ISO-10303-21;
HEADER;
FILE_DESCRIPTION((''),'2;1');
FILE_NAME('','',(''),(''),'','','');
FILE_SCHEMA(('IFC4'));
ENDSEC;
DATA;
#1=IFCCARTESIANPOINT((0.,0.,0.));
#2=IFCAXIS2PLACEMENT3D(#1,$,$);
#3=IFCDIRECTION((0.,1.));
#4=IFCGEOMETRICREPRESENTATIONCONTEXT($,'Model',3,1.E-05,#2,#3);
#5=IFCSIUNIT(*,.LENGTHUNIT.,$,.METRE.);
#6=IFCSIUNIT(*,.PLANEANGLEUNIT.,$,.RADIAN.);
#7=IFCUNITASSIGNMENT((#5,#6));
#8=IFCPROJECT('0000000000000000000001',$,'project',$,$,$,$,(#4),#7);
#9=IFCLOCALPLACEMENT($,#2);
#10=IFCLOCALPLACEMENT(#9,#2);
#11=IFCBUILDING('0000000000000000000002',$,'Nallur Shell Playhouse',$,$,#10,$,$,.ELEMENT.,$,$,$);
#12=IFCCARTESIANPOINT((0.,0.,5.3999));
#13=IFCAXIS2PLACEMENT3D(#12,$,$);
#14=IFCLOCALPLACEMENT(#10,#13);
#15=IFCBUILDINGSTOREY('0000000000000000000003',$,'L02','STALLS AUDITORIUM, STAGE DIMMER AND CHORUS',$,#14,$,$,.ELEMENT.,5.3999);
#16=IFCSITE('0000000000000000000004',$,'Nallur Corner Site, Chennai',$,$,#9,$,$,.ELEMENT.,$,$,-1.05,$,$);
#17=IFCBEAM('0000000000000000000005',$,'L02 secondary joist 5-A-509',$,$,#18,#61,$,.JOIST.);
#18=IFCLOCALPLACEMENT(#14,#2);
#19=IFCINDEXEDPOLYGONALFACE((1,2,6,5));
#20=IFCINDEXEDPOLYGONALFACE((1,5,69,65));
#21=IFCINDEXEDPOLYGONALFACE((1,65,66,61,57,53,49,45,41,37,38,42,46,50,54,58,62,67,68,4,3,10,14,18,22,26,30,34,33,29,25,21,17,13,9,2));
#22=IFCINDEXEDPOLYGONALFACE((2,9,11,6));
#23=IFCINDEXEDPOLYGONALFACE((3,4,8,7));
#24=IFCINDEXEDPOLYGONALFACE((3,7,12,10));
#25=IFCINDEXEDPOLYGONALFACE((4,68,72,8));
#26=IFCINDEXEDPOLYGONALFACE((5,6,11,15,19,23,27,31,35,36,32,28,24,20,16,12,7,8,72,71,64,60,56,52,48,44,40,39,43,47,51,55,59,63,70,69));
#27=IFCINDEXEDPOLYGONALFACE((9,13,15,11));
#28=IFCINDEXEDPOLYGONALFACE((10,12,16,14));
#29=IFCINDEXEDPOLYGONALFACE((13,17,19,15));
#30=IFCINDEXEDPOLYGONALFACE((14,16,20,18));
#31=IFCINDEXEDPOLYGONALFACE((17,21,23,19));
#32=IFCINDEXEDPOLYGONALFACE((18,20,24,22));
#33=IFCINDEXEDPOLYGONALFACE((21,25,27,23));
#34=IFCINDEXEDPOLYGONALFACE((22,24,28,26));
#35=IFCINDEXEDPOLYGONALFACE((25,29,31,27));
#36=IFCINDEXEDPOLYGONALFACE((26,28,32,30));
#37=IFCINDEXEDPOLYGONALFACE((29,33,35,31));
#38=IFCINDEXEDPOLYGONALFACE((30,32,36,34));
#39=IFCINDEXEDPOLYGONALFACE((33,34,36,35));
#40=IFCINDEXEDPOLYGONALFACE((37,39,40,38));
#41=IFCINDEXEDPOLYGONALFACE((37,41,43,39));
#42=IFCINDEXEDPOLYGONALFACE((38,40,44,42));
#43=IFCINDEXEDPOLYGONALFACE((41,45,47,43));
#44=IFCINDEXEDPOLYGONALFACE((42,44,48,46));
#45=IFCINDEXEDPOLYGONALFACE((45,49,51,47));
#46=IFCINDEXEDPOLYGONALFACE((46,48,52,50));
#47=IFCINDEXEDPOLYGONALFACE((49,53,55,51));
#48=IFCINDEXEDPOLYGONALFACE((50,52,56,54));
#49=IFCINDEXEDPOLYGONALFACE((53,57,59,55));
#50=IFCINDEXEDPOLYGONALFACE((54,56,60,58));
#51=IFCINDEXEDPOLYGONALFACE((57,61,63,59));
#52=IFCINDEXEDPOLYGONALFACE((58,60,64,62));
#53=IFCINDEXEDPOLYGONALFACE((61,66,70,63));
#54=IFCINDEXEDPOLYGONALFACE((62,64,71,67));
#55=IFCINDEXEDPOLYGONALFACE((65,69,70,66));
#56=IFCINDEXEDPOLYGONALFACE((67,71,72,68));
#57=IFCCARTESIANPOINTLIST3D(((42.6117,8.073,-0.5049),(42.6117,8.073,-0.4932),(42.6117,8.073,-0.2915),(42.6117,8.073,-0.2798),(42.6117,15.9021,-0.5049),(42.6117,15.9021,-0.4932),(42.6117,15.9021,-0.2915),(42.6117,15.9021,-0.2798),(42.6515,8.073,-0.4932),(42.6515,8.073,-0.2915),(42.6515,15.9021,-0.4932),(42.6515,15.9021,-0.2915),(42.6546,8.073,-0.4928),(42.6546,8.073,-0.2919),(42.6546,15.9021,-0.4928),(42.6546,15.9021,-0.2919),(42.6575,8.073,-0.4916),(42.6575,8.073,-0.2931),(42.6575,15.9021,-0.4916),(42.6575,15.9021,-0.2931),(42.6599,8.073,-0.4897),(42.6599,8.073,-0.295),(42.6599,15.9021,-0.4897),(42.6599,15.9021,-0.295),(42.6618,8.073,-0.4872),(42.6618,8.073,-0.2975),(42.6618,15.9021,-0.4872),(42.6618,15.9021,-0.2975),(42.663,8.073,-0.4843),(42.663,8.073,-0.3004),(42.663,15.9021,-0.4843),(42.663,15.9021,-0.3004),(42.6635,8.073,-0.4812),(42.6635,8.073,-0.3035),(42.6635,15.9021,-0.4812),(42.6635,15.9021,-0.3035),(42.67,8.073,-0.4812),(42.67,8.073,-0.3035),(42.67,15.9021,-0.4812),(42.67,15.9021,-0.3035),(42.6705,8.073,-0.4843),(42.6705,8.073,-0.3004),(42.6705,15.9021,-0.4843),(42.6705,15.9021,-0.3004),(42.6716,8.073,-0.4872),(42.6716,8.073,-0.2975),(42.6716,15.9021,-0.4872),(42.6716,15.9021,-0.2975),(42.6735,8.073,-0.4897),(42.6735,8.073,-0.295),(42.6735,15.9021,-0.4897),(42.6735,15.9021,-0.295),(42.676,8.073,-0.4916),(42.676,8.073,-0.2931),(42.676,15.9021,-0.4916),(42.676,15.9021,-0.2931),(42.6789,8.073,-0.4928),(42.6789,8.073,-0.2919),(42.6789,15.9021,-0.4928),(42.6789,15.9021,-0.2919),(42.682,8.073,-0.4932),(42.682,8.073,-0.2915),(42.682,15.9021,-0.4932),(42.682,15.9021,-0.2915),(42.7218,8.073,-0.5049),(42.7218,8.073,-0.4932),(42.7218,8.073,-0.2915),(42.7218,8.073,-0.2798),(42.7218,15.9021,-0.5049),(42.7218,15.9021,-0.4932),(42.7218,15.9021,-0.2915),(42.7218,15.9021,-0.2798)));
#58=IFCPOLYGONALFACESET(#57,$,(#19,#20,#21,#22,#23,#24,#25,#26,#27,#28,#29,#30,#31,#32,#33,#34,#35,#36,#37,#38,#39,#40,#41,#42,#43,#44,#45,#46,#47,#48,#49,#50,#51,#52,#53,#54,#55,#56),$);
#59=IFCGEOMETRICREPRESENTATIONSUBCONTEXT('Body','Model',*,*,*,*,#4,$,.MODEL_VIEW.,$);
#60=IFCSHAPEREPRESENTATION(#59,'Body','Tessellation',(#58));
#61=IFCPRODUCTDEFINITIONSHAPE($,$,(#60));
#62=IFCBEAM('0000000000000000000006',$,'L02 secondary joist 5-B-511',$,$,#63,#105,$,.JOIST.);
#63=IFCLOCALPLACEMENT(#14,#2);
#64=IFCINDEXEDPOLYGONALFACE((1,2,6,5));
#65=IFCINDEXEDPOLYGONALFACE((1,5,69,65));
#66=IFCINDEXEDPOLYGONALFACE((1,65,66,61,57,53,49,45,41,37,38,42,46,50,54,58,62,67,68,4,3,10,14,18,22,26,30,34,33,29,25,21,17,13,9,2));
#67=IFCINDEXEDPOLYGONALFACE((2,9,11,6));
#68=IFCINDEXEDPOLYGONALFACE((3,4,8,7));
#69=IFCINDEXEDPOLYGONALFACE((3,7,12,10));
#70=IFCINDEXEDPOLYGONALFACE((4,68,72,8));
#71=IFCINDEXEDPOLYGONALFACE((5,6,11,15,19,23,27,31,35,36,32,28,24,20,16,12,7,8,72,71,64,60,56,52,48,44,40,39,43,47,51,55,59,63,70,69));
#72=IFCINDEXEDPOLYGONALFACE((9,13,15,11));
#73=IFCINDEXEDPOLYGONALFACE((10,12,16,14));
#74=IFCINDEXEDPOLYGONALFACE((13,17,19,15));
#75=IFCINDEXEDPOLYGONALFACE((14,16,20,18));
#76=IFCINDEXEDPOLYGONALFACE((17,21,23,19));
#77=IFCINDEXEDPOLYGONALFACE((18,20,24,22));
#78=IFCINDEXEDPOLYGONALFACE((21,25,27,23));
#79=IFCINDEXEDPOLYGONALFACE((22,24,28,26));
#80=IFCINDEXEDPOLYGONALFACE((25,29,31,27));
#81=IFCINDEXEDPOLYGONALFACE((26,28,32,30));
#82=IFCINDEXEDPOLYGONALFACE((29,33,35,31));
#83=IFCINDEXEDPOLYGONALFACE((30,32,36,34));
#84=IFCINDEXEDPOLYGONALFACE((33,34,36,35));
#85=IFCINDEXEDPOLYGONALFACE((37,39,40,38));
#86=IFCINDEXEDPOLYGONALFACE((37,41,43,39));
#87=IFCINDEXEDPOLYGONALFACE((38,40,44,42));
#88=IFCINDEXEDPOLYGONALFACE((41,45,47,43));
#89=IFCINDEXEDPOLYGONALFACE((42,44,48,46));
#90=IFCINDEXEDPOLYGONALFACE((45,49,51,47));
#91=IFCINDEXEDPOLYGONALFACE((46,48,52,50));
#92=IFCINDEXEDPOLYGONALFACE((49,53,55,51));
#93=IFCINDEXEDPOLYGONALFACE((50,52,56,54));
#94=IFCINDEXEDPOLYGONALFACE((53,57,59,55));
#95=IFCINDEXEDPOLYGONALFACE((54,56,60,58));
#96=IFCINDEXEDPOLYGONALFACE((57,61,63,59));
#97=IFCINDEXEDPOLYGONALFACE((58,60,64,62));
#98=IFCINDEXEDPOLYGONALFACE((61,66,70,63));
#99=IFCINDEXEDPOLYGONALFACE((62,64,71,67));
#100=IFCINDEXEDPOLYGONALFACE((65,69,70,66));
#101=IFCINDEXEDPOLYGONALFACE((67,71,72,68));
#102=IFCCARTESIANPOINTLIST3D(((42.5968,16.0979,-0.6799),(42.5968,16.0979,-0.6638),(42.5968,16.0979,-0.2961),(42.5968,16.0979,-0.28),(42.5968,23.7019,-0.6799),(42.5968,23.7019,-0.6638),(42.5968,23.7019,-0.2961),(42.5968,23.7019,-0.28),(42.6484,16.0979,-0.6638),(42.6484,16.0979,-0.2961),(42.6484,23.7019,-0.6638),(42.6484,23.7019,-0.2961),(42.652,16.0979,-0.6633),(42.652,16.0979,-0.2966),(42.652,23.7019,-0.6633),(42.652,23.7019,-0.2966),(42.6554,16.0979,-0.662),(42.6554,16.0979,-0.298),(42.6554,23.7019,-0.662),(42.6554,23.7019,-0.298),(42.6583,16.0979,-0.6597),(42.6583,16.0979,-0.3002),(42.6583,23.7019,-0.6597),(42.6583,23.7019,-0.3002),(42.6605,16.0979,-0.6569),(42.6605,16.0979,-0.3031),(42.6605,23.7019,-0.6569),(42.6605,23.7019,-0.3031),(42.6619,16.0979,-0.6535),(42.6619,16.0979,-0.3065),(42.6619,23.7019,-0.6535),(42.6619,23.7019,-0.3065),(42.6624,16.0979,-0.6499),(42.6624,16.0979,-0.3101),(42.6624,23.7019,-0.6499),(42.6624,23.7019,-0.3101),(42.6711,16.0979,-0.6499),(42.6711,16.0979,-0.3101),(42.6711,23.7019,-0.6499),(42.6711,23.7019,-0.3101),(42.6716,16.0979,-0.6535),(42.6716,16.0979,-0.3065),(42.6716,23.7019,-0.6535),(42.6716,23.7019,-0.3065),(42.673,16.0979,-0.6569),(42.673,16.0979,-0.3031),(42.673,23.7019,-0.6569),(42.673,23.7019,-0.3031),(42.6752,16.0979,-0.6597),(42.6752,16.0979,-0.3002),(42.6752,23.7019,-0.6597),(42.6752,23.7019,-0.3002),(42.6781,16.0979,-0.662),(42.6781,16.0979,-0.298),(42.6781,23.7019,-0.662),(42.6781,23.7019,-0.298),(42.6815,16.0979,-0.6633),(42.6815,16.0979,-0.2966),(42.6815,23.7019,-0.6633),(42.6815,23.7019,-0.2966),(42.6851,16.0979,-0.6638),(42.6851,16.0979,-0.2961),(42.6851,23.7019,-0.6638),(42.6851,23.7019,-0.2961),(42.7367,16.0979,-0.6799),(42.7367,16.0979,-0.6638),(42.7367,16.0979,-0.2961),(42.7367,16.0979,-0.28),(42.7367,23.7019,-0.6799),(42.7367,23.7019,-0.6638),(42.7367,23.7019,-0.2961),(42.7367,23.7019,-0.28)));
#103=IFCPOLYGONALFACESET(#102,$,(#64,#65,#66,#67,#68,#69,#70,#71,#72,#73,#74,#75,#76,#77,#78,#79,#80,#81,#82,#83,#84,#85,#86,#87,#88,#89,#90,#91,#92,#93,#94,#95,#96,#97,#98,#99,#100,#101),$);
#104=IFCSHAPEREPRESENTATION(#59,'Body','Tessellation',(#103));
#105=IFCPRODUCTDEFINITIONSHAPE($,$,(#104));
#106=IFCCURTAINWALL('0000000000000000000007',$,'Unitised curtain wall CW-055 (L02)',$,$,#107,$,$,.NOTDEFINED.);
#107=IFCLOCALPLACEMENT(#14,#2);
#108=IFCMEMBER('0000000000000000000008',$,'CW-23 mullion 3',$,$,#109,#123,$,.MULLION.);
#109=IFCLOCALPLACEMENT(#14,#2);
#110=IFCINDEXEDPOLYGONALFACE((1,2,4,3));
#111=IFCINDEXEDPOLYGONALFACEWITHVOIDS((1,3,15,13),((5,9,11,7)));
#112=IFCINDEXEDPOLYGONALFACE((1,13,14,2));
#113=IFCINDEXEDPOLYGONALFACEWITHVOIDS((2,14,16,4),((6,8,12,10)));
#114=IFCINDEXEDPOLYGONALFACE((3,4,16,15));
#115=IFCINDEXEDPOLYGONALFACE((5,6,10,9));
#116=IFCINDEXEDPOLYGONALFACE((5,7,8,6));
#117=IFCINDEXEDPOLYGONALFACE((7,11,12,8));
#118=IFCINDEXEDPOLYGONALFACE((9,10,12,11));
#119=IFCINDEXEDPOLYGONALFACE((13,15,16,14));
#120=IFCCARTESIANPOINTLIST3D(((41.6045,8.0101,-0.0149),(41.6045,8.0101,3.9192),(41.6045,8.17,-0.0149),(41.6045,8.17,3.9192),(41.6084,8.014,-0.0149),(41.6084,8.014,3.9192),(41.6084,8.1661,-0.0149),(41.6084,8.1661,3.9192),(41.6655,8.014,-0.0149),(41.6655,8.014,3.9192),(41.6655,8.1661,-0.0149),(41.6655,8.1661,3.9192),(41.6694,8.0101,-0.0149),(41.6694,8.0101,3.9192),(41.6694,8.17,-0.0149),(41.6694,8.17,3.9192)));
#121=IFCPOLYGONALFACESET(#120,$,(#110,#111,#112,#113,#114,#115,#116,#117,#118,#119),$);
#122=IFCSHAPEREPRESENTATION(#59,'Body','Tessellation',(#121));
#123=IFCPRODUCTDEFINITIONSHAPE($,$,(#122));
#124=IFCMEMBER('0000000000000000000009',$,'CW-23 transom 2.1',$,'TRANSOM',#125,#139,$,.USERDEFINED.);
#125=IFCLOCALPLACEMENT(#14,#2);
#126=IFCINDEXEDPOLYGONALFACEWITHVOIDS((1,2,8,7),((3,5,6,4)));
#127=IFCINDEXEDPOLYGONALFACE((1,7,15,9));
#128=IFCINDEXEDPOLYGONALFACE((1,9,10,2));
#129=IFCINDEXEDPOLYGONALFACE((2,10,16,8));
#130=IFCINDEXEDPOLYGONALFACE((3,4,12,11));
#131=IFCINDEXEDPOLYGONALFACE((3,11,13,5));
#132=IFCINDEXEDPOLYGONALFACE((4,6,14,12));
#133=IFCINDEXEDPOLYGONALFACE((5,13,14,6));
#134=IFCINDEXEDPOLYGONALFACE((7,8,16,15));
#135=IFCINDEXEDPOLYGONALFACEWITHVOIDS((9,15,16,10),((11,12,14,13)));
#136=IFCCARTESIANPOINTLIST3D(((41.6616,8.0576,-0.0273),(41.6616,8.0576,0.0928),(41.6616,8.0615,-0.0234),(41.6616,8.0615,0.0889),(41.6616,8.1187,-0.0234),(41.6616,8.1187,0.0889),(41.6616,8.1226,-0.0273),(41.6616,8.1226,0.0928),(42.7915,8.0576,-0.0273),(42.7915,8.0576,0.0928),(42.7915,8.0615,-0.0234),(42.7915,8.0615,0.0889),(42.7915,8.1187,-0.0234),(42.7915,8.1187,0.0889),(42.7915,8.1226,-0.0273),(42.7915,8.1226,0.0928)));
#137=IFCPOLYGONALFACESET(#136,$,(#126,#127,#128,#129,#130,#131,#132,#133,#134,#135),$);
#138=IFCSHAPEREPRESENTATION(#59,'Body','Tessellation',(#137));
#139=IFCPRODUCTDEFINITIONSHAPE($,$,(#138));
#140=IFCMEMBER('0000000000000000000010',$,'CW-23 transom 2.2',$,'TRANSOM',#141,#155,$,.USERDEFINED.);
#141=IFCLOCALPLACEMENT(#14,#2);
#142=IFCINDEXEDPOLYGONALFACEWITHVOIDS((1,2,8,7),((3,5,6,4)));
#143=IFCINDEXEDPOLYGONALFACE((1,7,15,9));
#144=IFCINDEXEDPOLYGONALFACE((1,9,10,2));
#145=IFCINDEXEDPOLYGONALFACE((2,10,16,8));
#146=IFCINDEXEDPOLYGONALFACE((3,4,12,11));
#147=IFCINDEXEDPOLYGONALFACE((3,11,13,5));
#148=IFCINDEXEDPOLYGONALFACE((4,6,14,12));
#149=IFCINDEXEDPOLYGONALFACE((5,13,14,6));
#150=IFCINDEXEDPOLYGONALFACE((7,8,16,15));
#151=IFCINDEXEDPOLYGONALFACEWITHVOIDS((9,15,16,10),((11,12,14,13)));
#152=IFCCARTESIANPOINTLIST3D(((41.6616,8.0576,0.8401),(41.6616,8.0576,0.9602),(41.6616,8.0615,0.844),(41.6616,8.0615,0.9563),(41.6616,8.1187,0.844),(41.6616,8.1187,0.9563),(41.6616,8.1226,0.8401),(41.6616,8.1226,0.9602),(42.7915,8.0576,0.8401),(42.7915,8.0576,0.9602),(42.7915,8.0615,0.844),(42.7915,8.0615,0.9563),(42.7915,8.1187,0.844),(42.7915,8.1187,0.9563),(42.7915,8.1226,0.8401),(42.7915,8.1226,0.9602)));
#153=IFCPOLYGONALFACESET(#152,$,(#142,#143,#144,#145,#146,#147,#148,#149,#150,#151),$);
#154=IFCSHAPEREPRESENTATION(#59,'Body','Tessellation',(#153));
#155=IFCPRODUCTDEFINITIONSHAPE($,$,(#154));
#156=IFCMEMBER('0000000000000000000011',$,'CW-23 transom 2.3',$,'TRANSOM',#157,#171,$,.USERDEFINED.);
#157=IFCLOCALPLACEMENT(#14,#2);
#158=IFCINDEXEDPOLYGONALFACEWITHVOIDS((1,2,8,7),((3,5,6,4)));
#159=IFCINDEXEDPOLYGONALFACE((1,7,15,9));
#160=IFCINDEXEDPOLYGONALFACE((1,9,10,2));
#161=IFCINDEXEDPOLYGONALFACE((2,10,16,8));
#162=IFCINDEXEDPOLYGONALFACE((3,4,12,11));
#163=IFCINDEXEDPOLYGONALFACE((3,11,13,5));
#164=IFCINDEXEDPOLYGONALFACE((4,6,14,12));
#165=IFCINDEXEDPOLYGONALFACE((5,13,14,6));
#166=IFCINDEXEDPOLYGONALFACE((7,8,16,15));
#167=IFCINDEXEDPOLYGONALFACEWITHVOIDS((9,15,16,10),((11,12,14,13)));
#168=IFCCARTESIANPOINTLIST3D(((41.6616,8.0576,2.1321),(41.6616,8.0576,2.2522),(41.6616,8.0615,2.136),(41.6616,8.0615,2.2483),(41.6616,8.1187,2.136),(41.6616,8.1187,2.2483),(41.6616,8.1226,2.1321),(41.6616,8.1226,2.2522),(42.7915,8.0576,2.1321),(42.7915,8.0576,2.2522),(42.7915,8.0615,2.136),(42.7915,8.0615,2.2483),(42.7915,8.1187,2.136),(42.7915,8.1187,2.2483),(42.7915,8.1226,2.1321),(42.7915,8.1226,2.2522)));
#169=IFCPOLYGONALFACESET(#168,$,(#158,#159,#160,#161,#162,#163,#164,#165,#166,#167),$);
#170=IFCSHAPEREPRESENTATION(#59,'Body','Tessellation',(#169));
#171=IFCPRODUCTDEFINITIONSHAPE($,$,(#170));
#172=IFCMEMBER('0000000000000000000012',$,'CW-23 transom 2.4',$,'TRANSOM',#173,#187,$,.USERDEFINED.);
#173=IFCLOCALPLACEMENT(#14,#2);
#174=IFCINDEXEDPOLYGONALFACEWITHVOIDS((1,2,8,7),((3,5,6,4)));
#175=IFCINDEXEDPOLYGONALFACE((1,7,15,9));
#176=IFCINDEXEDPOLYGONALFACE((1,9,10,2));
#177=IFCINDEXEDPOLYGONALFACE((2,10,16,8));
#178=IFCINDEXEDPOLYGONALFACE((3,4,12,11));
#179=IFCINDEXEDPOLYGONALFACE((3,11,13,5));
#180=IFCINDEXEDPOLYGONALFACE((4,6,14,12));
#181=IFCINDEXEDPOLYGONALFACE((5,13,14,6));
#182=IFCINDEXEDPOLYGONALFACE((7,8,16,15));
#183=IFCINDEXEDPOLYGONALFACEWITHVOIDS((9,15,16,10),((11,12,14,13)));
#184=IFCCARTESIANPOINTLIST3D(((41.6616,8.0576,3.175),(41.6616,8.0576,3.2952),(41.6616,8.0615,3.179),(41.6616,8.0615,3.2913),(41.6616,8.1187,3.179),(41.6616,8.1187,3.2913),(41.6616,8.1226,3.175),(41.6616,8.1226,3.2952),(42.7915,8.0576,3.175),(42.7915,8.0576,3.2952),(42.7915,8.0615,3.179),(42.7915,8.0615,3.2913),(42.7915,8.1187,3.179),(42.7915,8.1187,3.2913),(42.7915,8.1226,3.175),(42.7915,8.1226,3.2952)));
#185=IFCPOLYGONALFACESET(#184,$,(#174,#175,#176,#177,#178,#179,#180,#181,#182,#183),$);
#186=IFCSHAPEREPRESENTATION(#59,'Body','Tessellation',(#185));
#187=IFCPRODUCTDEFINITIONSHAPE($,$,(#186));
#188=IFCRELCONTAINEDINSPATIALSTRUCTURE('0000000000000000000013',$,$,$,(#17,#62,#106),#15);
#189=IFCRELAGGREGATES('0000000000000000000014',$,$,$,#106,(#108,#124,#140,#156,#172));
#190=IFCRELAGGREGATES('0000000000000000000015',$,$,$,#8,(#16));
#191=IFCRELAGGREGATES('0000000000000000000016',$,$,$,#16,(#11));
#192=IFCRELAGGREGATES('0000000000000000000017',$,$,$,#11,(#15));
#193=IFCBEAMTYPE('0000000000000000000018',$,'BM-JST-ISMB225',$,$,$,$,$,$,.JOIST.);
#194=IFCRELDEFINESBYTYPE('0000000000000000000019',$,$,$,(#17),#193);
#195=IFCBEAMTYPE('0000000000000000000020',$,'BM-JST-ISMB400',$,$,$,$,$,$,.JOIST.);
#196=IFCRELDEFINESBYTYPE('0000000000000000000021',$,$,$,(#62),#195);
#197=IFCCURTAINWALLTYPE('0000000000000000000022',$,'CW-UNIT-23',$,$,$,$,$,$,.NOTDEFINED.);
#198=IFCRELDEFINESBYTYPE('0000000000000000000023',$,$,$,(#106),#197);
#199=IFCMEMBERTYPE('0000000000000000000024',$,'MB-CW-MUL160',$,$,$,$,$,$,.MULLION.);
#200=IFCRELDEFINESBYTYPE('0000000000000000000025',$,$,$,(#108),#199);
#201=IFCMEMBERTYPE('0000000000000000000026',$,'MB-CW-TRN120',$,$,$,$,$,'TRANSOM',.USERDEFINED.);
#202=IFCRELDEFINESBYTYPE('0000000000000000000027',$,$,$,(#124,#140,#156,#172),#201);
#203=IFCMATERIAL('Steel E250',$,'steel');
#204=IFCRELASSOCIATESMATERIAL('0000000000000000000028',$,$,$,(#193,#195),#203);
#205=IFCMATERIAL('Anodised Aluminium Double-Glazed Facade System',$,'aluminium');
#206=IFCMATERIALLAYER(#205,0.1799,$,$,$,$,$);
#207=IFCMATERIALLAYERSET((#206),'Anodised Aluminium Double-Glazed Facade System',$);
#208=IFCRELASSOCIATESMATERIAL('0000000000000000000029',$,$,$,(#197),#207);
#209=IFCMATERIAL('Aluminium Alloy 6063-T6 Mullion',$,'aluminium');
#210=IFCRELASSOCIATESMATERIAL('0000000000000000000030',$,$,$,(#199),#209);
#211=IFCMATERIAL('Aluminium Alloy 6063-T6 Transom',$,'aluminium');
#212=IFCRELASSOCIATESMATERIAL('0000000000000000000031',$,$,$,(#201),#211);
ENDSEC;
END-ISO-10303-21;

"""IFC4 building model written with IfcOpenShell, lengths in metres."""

from ifc_helpers import new_model, si_unit, direction, frame, origin, origin_2d, place, context, subcontext, project, spatial, hollow_rectangle, i_section, extrude, material, layer, layer_set, material_profile, profile_set, type_object, element, aggregate, save


model = new_model("IFC4")

# Units and contexts
model_context = context("Model", 3, precision=1e-05, world=origin(), true_north=direction((0.0, 1.0)))
body_context = subcontext(model_context, "Body", "Model", "MODEL_VIEW")
ifc_project = project(units=[si_unit("LENGTHUNIT", "METRE"), si_unit("PLANEANGLEUNIT", "RADIAN")], contexts=[model_context])

# Site, building, storey
site_placement = place(None, origin())
site = spatial("IfcSite", under=ifc_project, at=site_placement, Name="Nallur Corner Site, Chennai", CompositionType="ELEMENT", RefElevation=-1.05)
building_placement = place(site_placement, origin())
building = spatial("IfcBuilding", under=site, at=building_placement, Name="Nallur Shell Playhouse", CompositionType="ELEMENT")
storey_placement = place(building_placement, frame((0.0, 0.0, 5.3999)))
storey = spatial("IfcBuildingStorey", under=building, at=storey_placement, Name="L02", Description="STALLS AUDITORIUM, STAGE DIMMER AND CHORUS", CompositionType="ELEMENT", Elevation=5.3999)

# Beams
ifc_material_1 = material(Name="Steel E250", Category="steel")
ifc_material_profile_1 = material_profile(ifc_material_1, i_section(OverallWidth=0.1101, OverallDepth=0.2251, WebThickness=0.0066, FlangeThickness=0.0117, FilletRadius=0.012, at=origin_2d()), Name="ISMB 225")
ifc_profile_set_1 = profile_set([ifc_material_profile_1], Name="Steel E250")
beam_type_1 = type_object("IfcBeamType", Name="BM-JST-ISMB225", PredefinedType="JOIST", material=ifc_profile_set_1)
beam_1_placement = place(storey_placement, frame((42.6667, 8.073, -0.3923), z_axis=(0.0, 1.0, 0.0), x_axis=(-1.0, 0.0, 0.0)))
element("IfcBeam", 1, at=beam_1_placement, inside=storey, type_object=beam_type_1, Name="L02 secondary joist 5-A-509", PredefinedType="JOIST", context=body_context, shape_type="SweptSolid", body=[
    extrude(i_section(OverallWidth=0.1101, OverallDepth=0.2251, WebThickness=0.0066, FlangeThickness=0.0117, FilletRadius=0.012, at=origin_2d()), origin(), (0.0, 0.0, 1.0), 7.8291),
])
ifc_material_profile_2 = material_profile(ifc_material_1, i_section(OverallWidth=0.1399, OverallDepth=0.3999, WebThickness=0.0088, FlangeThickness=0.0161, FilletRadius=0.0139, at=origin_2d()), Name="ISMB 400")
ifc_profile_set_2 = profile_set([ifc_material_profile_2], Name="Steel E250")
beam_type_2 = type_object("IfcBeamType", Name="BM-JST-ISMB400", PredefinedType="JOIST", material=ifc_profile_set_2)
beam_2_placement = place(storey_placement, frame((42.6667, 16.0979, -0.48), z_axis=(0.0, 1.0, 0.0), x_axis=(-1.0, 0.0, 0.0)))
element("IfcBeam", 2, at=beam_2_placement, inside=storey, type_object=beam_type_2, Name="L02 secondary joist 5-B-511", PredefinedType="JOIST", context=body_context, shape_type="SweptSolid", body=[
    extrude(i_section(OverallWidth=0.1399, OverallDepth=0.3999, WebThickness=0.0088, FlangeThickness=0.0161, FilletRadius=0.0139, at=origin_2d()), origin(), (0.0, 0.0, 1.0), 7.604),
])

# Curtain wall, members
ifc_material_2 = material(Name="Anodised Aluminium Double-Glazed Facade System", Category="aluminium")
ifc_layer_1 = layer(ifc_material_2, 0.1799)
ifc_layer_set_1 = layer_set([ifc_layer_1], Name="Anodised Aluminium Double-Glazed Facade System")
curtain_wall_type = type_object("IfcCurtainWallType", Name="CW-UNIT-23", PredefinedType="NOTDEFINED", material=ifc_layer_set_1)
curtain_wall_placement = place(storey_placement, origin())
curtain_wall = element("IfcCurtainWall", 3, at=curtain_wall_placement, inside=storey, type_object=curtain_wall_type, Name="Unitised curtain wall CW-055 (L02)", PredefinedType="NOTDEFINED")
ifc_material_3 = material(Name="Aluminium Alloy 6063-T6 Mullion", Category="aluminium")
ifc_material_profile_3 = material_profile(ifc_material_3, hollow_rectangle(XDim=0.0649, YDim=0.1599, WallThickness=0.0039, at=origin_2d()), Name="ALU 65x160x4")
ifc_profile_set_3 = profile_set([ifc_material_profile_3], Name="Aluminium Alloy 6063-T6 Mullion")
member_type_1 = type_object("IfcMemberType", Name="MB-CW-MUL160", PredefinedType="MULLION", material=ifc_profile_set_3)
member_1_placement = place(storey_placement, frame((41.637, 8.0901, -0.0149), z_axis=(0.0, 0.0, 1.0), x_axis=(-1.0, 0.0, 0.0)))
member_1 = element("IfcMember", 4, at=member_1_placement, type_object=member_type_1, Name="CW-23 mullion 3", PredefinedType="MULLION", context=body_context, shape_type="SweptSolid", body=[
    extrude(hollow_rectangle(XDim=0.0649, YDim=0.1599, WallThickness=0.0039, at=origin_2d()), origin(), (0.0, 0.0, 1.0), 3.9341),
])
ifc_material_4 = material(Name="Aluminium Alloy 6063-T6 Transom", Category="aluminium")
ifc_material_profile_4 = material_profile(ifc_material_4, hollow_rectangle(XDim=0.0649, YDim=0.1201, WallThickness=0.0039, at=origin_2d()), Name="ALU 65x120x4")
ifc_profile_set_4 = profile_set([ifc_material_profile_4], Name="Aluminium Alloy 6063-T6 Transom")
member_type_2 = type_object("IfcMemberType", Name="MB-CW-TRN120", ElementType="TRANSOM", PredefinedType="USERDEFINED", material=ifc_profile_set_4)
member_2_placement = place(storey_placement, frame((42.7915, 8.0901, 0.0327), z_axis=(-1.0, 0.0, 0.0), x_axis=(0.0, -1.0, 0.0)))
member_2 = element("IfcMember", 5, at=member_2_placement, type_object=member_type_2, Name="CW-23 transom 2.1", ObjectType="TRANSOM", PredefinedType="USERDEFINED", context=body_context, shape_type="SweptSolid", body=[
    extrude(hollow_rectangle(XDim=0.0649, YDim=0.1201, WallThickness=0.0039, at=origin_2d()), origin(), (0.0, 0.0, 1.0), 1.1299),
])
member_3_placement = place(storey_placement, frame((42.7915, 8.0901, 0.9001), z_axis=(-1.0, 0.0, 0.0), x_axis=(0.0, -1.0, 0.0)))
member_3 = element("IfcMember", 6, at=member_3_placement, type_object=member_type_2, Name="CW-23 transom 2.2", ObjectType="TRANSOM", PredefinedType="USERDEFINED", context=body_context, shape_type="SweptSolid", body=[
    extrude(hollow_rectangle(XDim=0.0649, YDim=0.1201, WallThickness=0.0039, at=origin_2d()), origin(), (0.0, 0.0, 1.0), 1.1299),
])
member_4_placement = place(storey_placement, frame((42.7915, 8.0901, 2.1921), z_axis=(-1.0, 0.0, 0.0), x_axis=(0.0, -1.0, 0.0)))
member_4 = element("IfcMember", 7, at=member_4_placement, type_object=member_type_2, Name="CW-23 transom 2.3", ObjectType="TRANSOM", PredefinedType="USERDEFINED", context=body_context, shape_type="SweptSolid", body=[
    extrude(hollow_rectangle(XDim=0.0649, YDim=0.1201, WallThickness=0.0039, at=origin_2d()), origin(), (0.0, 0.0, 1.0), 1.1299),
])
member_5_placement = place(storey_placement, frame((42.7915, 8.0901, 3.2351), z_axis=(-1.0, 0.0, 0.0), x_axis=(0.0, -1.0, 0.0)))
member_5 = element("IfcMember", 8, at=member_5_placement, type_object=member_type_2, Name="CW-23 transom 2.4", ObjectType="TRANSOM", PredefinedType="USERDEFINED", context=body_context, shape_type="SweptSolid", body=[
    extrude(hollow_rectangle(XDim=0.0649, YDim=0.1201, WallThickness=0.0039, at=origin_2d()), origin(), (0.0, 0.0, 1.0), 1.1299),
])
aggregate(curtain_wall, [member_1, member_2, member_3, member_4, member_5])

save(model, "model.ifc")
